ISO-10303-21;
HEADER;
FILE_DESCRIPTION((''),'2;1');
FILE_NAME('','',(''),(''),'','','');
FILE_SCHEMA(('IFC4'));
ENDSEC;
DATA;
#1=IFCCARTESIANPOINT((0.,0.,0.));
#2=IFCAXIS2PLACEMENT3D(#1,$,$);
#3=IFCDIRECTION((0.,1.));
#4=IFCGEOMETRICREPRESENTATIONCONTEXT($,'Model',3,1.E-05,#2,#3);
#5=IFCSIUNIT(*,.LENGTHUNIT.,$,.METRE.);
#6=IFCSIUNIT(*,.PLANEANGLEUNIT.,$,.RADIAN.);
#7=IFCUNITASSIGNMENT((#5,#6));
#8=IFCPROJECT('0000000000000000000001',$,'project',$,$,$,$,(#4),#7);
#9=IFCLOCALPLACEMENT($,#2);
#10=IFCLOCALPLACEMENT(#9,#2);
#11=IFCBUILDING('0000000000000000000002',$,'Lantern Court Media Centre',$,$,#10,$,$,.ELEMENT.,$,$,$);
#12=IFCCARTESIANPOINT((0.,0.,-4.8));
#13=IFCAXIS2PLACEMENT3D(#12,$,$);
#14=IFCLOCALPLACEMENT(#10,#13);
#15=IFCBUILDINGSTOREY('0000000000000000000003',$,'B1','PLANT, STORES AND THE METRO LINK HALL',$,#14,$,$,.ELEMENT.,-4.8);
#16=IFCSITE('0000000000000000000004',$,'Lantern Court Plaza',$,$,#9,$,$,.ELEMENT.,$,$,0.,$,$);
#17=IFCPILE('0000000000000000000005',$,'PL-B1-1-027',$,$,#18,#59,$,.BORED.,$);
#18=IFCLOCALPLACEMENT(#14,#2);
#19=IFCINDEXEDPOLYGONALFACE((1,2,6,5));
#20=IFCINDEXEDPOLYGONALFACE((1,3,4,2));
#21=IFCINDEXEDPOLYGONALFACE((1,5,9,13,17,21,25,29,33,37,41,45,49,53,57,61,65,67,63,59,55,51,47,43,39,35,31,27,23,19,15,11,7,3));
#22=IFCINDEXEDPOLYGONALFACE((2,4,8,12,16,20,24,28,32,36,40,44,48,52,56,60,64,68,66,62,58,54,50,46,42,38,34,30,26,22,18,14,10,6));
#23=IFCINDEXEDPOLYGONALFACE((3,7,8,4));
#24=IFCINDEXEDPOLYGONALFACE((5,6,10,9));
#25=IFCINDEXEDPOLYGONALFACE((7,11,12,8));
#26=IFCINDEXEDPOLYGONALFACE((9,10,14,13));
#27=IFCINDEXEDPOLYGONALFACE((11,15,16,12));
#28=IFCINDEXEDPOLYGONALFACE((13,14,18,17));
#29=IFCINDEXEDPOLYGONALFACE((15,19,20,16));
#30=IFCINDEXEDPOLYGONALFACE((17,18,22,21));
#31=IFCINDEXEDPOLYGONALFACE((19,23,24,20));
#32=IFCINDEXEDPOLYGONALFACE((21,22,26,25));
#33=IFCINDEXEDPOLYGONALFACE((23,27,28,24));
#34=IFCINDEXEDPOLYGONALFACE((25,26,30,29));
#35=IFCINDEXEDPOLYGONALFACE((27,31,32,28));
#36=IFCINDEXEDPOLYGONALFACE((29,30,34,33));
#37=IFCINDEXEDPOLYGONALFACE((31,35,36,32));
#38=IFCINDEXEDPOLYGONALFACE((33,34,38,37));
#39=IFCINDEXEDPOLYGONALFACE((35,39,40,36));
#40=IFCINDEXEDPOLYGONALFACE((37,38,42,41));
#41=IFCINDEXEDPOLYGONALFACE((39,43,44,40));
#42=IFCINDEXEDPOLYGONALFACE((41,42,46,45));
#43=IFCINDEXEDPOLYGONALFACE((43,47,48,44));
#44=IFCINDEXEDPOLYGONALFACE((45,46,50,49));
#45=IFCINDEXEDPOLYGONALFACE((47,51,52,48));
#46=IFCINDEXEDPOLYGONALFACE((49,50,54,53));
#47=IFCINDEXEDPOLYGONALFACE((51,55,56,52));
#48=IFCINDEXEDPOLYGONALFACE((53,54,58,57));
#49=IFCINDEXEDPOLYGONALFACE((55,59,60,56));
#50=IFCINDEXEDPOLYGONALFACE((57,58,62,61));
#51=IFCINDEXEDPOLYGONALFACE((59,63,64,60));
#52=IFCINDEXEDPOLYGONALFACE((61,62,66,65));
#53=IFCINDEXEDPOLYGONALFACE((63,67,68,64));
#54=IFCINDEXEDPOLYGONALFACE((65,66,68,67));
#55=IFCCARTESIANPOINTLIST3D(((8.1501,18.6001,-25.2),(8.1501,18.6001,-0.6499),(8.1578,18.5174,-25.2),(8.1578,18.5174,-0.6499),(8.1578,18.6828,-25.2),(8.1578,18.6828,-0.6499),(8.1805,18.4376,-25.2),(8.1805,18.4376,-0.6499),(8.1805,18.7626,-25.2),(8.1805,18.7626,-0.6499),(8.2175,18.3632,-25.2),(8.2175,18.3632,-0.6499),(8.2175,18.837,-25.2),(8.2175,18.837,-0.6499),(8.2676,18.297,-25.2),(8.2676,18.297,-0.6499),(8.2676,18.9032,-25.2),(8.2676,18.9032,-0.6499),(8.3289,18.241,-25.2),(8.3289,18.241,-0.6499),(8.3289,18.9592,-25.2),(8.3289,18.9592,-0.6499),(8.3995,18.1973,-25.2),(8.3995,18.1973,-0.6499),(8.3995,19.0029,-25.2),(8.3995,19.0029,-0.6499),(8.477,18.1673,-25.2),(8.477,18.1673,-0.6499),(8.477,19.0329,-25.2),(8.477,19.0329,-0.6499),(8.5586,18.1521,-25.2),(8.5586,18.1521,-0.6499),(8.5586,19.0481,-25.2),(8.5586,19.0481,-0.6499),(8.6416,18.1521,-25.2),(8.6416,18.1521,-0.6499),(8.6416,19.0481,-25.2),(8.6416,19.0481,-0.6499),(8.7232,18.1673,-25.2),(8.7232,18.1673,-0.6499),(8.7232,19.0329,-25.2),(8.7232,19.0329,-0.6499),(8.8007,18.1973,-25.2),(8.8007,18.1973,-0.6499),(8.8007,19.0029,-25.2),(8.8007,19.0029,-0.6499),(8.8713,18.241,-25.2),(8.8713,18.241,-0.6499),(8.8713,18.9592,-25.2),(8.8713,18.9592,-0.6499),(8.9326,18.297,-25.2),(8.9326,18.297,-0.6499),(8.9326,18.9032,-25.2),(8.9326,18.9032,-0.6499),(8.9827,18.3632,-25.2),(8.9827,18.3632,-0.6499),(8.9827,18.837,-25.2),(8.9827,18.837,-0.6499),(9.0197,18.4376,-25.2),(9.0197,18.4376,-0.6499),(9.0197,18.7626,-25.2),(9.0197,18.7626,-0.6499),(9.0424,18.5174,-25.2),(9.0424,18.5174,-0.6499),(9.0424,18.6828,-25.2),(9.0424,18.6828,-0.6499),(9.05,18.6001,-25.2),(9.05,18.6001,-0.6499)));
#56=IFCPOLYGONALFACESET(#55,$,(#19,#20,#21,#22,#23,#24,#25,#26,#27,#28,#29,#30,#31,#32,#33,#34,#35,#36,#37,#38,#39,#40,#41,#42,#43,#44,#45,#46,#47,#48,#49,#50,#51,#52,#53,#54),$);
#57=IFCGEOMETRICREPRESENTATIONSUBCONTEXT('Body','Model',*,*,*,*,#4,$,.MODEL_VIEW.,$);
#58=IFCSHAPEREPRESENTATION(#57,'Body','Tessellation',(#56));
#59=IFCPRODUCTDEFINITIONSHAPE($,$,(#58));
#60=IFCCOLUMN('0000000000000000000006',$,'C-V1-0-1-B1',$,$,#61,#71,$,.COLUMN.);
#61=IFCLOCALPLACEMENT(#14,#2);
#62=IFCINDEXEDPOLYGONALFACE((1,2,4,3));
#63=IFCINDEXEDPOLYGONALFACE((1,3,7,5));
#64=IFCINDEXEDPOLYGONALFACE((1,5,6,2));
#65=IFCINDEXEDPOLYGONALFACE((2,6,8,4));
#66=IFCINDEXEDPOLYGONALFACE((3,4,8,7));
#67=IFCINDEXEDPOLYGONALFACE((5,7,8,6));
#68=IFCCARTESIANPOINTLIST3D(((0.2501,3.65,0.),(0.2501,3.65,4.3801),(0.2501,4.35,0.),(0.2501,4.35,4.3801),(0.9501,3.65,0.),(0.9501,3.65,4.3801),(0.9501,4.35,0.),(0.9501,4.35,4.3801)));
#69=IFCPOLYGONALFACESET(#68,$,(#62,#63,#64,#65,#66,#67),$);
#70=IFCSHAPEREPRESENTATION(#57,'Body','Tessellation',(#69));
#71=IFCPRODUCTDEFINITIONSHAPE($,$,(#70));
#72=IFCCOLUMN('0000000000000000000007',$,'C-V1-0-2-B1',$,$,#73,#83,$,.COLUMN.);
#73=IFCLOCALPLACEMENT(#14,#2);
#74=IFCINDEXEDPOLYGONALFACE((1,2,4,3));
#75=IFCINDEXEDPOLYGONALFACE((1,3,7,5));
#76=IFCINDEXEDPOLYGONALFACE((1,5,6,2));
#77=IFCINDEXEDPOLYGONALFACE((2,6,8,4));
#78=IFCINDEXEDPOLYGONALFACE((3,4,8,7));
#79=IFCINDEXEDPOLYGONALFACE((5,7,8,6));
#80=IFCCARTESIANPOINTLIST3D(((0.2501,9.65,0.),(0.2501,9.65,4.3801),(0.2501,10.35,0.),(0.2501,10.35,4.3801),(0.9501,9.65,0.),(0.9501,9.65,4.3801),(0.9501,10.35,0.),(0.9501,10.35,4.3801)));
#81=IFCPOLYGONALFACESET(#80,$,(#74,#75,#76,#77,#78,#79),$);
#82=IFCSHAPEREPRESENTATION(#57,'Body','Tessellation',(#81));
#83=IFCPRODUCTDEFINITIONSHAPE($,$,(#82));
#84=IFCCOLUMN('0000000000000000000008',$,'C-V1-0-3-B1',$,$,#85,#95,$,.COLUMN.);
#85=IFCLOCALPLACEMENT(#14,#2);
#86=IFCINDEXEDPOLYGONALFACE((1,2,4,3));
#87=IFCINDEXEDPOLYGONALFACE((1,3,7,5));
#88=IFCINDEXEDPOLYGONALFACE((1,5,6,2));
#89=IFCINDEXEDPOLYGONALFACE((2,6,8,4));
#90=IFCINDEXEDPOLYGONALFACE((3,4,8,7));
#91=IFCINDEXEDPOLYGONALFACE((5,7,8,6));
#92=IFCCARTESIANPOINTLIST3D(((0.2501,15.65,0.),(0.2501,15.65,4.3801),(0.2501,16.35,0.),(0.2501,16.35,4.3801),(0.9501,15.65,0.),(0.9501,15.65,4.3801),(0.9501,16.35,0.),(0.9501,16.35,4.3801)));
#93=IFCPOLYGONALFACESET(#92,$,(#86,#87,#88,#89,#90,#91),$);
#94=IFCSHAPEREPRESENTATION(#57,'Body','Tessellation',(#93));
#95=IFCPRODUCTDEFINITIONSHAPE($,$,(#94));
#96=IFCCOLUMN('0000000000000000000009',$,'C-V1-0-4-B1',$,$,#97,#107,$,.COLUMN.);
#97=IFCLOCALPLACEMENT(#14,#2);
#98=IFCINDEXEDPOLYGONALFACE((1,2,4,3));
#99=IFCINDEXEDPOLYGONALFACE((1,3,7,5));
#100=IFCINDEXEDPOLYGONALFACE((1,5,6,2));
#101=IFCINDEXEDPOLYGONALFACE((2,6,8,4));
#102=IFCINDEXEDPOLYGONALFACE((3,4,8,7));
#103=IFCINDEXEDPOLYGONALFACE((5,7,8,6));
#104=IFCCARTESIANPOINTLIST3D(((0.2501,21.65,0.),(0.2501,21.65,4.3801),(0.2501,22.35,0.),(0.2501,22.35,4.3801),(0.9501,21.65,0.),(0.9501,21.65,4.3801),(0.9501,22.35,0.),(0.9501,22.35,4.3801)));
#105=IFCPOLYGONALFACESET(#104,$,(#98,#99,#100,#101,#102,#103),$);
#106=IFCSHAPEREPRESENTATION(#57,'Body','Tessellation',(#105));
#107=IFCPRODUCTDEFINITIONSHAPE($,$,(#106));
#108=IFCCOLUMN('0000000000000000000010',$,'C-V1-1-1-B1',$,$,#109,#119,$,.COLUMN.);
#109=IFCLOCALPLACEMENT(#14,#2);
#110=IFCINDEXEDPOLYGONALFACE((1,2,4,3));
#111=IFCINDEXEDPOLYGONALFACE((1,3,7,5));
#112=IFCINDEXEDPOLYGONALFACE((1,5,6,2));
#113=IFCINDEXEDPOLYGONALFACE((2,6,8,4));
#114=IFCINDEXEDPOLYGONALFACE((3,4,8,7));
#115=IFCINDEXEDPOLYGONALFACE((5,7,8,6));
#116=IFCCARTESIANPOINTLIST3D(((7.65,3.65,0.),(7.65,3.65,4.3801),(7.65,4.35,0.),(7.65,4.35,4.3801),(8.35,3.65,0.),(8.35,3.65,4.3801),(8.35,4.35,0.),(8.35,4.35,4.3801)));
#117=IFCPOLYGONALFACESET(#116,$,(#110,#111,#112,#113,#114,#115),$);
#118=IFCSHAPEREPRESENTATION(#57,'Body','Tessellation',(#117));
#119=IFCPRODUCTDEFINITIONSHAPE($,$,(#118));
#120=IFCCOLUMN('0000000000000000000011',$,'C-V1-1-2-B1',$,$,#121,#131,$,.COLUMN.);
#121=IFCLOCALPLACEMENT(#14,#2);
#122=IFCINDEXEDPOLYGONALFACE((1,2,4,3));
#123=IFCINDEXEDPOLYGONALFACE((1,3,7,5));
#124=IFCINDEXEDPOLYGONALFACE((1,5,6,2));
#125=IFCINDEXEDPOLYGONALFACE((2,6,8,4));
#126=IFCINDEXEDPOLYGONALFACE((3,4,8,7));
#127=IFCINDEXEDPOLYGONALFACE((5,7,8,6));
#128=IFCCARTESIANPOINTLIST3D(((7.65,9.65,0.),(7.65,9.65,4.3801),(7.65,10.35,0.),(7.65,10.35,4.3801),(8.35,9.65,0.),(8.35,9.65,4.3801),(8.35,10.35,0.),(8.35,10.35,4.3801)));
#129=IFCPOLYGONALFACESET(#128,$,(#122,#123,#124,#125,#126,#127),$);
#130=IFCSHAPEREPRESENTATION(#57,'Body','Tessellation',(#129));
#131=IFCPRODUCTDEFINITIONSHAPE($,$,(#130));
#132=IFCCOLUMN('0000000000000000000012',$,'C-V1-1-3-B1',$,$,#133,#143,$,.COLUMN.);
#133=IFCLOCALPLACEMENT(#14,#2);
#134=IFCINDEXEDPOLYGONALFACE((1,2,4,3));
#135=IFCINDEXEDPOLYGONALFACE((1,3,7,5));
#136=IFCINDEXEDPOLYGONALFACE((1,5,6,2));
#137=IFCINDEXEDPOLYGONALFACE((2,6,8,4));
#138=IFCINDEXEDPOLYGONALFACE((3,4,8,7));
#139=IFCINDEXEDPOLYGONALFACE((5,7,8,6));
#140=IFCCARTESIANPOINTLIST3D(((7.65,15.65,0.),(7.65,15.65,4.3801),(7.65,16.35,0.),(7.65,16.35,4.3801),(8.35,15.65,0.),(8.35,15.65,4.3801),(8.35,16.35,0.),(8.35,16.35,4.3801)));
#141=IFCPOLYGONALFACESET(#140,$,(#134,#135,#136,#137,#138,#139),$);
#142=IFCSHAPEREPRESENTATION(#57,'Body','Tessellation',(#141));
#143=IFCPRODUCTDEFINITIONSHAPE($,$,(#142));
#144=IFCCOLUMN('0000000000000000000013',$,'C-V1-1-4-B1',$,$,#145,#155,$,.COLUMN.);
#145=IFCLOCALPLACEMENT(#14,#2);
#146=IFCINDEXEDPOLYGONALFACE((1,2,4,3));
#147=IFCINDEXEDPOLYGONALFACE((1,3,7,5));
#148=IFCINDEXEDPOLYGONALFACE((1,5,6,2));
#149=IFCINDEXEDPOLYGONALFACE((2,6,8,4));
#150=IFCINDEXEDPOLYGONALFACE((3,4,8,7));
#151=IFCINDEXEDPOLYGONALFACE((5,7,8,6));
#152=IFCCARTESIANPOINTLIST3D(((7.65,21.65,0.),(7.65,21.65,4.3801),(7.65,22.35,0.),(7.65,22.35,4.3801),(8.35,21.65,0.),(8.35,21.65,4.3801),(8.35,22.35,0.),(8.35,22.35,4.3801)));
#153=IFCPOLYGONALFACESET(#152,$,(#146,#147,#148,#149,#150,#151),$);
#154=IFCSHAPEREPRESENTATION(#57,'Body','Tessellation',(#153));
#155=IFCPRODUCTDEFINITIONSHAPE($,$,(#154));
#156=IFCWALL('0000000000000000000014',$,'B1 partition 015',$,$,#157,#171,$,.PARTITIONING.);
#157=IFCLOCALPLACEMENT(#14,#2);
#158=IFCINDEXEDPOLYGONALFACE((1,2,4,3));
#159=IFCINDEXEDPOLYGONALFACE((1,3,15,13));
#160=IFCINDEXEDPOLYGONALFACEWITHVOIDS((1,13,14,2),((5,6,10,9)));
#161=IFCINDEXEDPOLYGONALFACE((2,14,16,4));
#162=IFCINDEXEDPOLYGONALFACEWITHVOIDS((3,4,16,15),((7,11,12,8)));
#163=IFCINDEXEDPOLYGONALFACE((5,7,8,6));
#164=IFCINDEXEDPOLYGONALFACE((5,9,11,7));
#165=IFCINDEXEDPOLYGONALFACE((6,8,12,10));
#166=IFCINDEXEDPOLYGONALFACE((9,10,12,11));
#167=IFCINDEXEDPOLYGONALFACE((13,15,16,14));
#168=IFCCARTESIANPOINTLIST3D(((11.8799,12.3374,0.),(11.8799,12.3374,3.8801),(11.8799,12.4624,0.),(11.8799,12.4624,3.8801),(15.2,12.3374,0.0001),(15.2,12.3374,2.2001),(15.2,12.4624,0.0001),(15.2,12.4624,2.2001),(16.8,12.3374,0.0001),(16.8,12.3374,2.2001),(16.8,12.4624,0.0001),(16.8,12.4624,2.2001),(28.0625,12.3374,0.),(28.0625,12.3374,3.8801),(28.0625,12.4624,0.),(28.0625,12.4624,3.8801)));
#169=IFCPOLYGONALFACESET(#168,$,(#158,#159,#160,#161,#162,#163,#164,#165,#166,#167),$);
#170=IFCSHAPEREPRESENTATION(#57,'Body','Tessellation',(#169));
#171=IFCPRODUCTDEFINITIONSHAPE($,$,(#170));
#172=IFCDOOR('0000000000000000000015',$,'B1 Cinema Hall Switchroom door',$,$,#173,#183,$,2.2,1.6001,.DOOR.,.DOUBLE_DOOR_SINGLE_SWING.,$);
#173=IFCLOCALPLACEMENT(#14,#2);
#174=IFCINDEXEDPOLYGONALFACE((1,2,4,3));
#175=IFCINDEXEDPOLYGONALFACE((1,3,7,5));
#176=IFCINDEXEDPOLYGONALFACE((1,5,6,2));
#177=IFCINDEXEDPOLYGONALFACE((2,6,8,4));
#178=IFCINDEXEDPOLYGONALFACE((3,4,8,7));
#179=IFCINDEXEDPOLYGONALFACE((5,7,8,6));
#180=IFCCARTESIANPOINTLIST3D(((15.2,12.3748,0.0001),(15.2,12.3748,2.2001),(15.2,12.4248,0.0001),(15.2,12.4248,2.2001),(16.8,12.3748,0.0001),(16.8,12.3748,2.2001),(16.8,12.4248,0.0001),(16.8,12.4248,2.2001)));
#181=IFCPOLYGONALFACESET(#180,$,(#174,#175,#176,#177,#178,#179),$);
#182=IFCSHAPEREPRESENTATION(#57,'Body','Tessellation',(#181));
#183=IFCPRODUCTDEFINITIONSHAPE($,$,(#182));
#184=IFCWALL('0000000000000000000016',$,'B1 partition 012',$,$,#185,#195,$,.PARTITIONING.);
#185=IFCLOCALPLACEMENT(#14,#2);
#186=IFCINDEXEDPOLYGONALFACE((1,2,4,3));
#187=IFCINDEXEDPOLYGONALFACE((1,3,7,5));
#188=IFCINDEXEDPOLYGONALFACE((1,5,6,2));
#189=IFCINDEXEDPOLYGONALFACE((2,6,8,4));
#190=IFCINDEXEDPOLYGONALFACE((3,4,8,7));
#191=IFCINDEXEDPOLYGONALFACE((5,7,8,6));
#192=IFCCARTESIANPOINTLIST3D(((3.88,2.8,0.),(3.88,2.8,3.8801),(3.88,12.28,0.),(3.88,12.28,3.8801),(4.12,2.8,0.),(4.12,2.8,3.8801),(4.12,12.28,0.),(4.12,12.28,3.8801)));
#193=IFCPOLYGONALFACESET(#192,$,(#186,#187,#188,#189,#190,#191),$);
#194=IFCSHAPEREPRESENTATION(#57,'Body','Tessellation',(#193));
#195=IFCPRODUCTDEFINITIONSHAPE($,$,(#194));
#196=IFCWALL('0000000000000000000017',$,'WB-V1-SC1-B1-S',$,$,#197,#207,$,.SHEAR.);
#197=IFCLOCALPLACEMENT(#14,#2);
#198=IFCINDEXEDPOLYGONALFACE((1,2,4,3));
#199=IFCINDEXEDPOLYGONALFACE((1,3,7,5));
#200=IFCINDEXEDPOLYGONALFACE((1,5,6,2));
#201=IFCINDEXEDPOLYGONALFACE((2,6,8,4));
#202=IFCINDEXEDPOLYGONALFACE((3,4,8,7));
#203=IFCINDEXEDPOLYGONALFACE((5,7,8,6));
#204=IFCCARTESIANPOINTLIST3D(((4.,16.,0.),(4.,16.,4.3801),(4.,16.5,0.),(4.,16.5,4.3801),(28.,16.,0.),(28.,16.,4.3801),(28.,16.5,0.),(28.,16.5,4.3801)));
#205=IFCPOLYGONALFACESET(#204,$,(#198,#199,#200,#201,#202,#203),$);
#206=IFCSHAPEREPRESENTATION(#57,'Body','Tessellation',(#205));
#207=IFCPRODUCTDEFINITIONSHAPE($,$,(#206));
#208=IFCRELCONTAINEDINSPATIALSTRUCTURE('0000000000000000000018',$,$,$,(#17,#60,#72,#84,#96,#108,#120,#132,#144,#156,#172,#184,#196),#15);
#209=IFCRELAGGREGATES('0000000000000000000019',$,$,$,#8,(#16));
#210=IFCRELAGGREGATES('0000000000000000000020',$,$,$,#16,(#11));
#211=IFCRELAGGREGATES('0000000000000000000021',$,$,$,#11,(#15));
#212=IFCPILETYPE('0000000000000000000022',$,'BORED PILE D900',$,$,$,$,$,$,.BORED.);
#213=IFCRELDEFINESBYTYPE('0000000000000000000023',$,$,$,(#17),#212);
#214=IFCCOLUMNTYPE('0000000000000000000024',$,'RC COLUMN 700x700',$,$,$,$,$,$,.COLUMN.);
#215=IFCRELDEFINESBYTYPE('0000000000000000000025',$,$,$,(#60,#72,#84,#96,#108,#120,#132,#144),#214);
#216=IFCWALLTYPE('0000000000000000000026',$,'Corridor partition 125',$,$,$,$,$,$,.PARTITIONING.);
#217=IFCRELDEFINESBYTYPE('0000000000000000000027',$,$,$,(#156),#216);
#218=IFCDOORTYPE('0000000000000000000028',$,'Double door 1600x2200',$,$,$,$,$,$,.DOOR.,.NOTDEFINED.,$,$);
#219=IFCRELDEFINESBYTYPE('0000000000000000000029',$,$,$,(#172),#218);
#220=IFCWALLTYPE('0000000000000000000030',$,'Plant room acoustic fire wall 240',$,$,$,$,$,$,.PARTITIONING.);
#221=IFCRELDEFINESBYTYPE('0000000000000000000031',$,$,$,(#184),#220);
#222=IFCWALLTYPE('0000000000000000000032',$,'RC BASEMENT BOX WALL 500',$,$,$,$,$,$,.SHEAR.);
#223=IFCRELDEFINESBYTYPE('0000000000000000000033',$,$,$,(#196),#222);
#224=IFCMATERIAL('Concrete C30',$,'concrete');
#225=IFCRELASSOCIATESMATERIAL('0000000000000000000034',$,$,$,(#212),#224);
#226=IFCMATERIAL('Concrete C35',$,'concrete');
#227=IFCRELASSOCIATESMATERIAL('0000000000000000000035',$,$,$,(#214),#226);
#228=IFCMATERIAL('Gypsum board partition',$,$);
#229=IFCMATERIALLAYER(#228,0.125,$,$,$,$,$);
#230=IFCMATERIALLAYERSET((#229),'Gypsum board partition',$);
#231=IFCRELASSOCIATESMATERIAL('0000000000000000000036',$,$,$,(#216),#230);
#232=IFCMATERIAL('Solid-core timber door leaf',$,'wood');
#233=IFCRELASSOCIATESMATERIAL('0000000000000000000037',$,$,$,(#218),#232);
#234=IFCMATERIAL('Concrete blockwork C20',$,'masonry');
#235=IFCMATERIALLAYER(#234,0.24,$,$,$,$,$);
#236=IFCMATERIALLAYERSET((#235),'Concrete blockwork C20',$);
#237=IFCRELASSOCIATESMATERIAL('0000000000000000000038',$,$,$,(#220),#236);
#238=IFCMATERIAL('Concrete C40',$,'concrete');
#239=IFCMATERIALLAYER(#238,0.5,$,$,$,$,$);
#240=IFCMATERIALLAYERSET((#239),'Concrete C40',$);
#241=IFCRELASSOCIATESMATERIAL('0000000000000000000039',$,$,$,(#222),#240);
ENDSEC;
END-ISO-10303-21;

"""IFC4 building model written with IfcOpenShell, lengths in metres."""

from ifc_helpers import new_model, si_unit, direction, frame, frame_2d, origin, origin_2d, place, context, subcontext, project, spatial, rectangle, circle, extrude, material, layer, layer_set, material_profile, profile_set, type_object, element, fill, save


model = new_model("IFC4")

# Units and contexts
model_context = context("Model", 3, precision=1e-05, world=origin(), true_north=direction((0.0, 1.0)))
body_context = subcontext(model_context, "Body", "Model", "MODEL_VIEW")
ifc_project = project(units=[si_unit("LENGTHUNIT", "METRE"), si_unit("PLANEANGLEUNIT", "RADIAN")], contexts=[model_context])

# Site, building, storey
site_placement = place(None, origin())
site = spatial("IfcSite", under=ifc_project, at=site_placement, Name="Lantern Court Plaza", CompositionType="ELEMENT", RefElevation=0.0)
building_placement = place(site_placement, origin())
building = spatial("IfcBuilding", under=site, at=building_placement, Name="Lantern Court Media Centre", CompositionType="ELEMENT")
storey_placement = place(building_placement, frame((0.0, 0.0, -4.8)))
storey = spatial("IfcBuildingStorey", under=building, at=storey_placement, Name="B1", Description="PLANT, STORES AND THE METRO LINK HALL", CompositionType="ELEMENT", Elevation=-4.8)

# Pile
ifc_material_1 = material(Name="Concrete C30", Category="concrete")
ifc_material_profile_1 = material_profile(ifc_material_1, circle(Radius=0.45, at=origin_2d()), Name="D900")
ifc_profile_set_1 = profile_set([ifc_material_profile_1], Name="Concrete C30")
pile_type = type_object("IfcPileType", Name="BORED PILE D900", PredefinedType="BORED", material=ifc_profile_set_1)
for number, where, z_axis, x_axis, name in (
    (1, (8.6001, 18.6001, -0.6499), (0.0, 0.0, -1.0), (1.0, 0.0, 0.0), "PL-B1-1-027"),
):
    element("IfcPile", number, at=place(storey_placement, frame(where, z_axis=z_axis, x_axis=x_axis)), inside=storey, type_object=pile_type, Name=name, PredefinedType="BORED", context=body_context, shape_type="SweptSolid", body=[
        extrude(circle(Radius=0.45, at=origin_2d()), origin(), (0.0, 0.0, 1.0), 24.55),
    ])

# Columns
ifc_material_2 = material(Name="Concrete C35", Category="concrete")
ifc_material_profile_2 = material_profile(ifc_material_2, rectangle(XDim=0.7, YDim=0.7, at=origin_2d()), Name="RC 700x700")
ifc_profile_set_2 = profile_set([ifc_material_profile_2], Name="Concrete C35")
column_type = type_object("IfcColumnType", Name="RC COLUMN 700x700", PredefinedType="COLUMN", material=ifc_profile_set_2)
for number, where, z_axis, x_axis, name in (
    (2, (0.6001, 4.0, 0.0), (0.0, 0.0, 1.0), (1.0, 0.0, 0.0), "C-V1-0-1-B1"),
    (3, (0.6001, 10.0, 0.0), (0.0, 0.0, 1.0), (1.0, 0.0, 0.0), "C-V1-0-2-B1"),
    (4, (0.6001, 16.0, 0.0), (0.0, 0.0, 1.0), (1.0, 0.0, 0.0), "C-V1-0-3-B1"),
    (5, (0.6001, 22.0, 0.0), (0.0, 0.0, 1.0), (1.0, 0.0, 0.0), "C-V1-0-4-B1"),
    (6, (8.0, 4.0, 0.0), (0.0, 0.0, 1.0), (1.0, 0.0, 0.0), "C-V1-1-1-B1"),
    (7, (8.0, 10.0, 0.0), (0.0, 0.0, 1.0), (1.0, 0.0, 0.0), "C-V1-1-2-B1"),
    (8, (8.0, 16.0, 0.0), (0.0, 0.0, 1.0), (1.0, 0.0, 0.0), "C-V1-1-3-B1"),
    (9, (8.0, 22.0, 0.0), (0.0, 0.0, 1.0), (1.0, 0.0, 0.0), "C-V1-1-4-B1"),
):
    element("IfcColumn", number, at=place(storey_placement, frame(where, z_axis=z_axis, x_axis=x_axis)), inside=storey, type_object=column_type, Name=name, PredefinedType="COLUMN", context=body_context, shape_type="SweptSolid", body=[
        extrude(rectangle(XDim=0.7, YDim=0.7, at=origin_2d()), origin(), (0.0, 0.0, 1.0), 4.3801),
    ])

# Wall, opening, door
ifc_material_3 = material(Name="Gypsum board partition")
ifc_layer_1 = layer(ifc_material_3, 0.125)
ifc_layer_set_1 = layer_set([ifc_layer_1], Name="Gypsum board partition")
wall_type_1 = type_object("IfcWallType", Name="Corridor partition 125", PredefinedType="PARTITIONING", material=ifc_layer_set_1)
wall_1_placement = place(storey_placement, frame((11.8799, 12.3999, 0.0), z_axis=(0.0, 0.0, 1.0), x_axis=(1.0, 0.0, 0.0)))
wall_1 = element("IfcWall", 10, at=wall_1_placement, inside=storey, type_object=wall_type_1, Name="B1 partition 015", PredefinedType="PARTITIONING", context=body_context, shape_type="SweptSolid", body=[
    extrude(rectangle(XDim=16.1826, YDim=0.125, at=frame_2d((8.0913, 0.0))), origin(), (0.0, 0.0, 1.0), 3.8801),
])
opening_1_placement = place(wall_1_placement, frame((3.3201, 0.0, 0.0)))
opening_1 = element("IfcOpeningElement", 11, at=opening_1_placement, cuts=wall_1, PredefinedType="OPENING", context=body_context, shape_type="SweptSolid", body=[
    extrude(rectangle(XDim=1.6001, YDim=2.2, at=frame_2d((0.8, 1.1001))), frame((0.0, 0.0725, 0.0), z_axis=(0.0, -1.0, 0.0), x_axis=(1.0, 0.0, 0.0)), (0.0, 0.0, 1.0), 0.145),
])
ifc_material_4 = material(Name="Solid-core timber door leaf", Category="wood")
door_type_1 = type_object("IfcDoorType", Name="Double door 1600x2200", OperationType="NOTDEFINED", PredefinedType="DOOR", material=ifc_material_4)
door_1_placement = place(opening_1_placement, origin())
door_1 = element("IfcDoor", 12, at=door_1_placement, inside=storey, type_object=door_type_1, Name="B1 Cinema Hall Switchroom door", OperationType="DOUBLE_DOOR_SINGLE_SWING", OverallHeight=2.2, OverallWidth=1.6001, PredefinedType="DOOR", context=body_context, shape_type="SweptSolid", body=[
    extrude(rectangle(XDim=1.6001, YDim=2.2, at=frame_2d((0.8, 1.1001))), frame((0.0, 0.0249, 0.0), z_axis=(0.0, -1.0, 0.0), x_axis=(1.0, 0.0, 0.0)), (0.0, 0.0, 1.0), 0.05),
])
fill(opening_1, door_1)

# Wall
ifc_material_5 = material(Name="Concrete blockwork C20", Category="masonry")
ifc_layer_2 = layer(ifc_material_5, 0.24)
ifc_layer_set_2 = layer_set([ifc_layer_2], Name="Concrete blockwork C20")
wall_type_2 = type_object("IfcWallType", Name="Plant room acoustic fire wall 240", PredefinedType="PARTITIONING", material=ifc_layer_set_2)
wall_2_placement = place(storey_placement, frame((4.0, 2.8, 0.0), z_axis=(0.0, 0.0, 1.0), x_axis=(0.0, 1.0, 0.0)))
element("IfcWall", 13, at=wall_2_placement, inside=storey, type_object=wall_type_2, Name="B1 partition 012", PredefinedType="PARTITIONING", context=body_context, shape_type="SweptSolid", body=[
    extrude(rectangle(XDim=9.48, YDim=0.24, at=frame_2d((4.74, 0.0))), origin(), (0.0, 0.0, 1.0), 3.8801),
])

# Wall
ifc_material_6 = material(Name="Concrete C40", Category="concrete")
ifc_layer_3 = layer(ifc_material_6, 0.5)
ifc_layer_set_3 = layer_set([ifc_layer_3], Name="Concrete C40")
wall_type_3 = type_object("IfcWallType", Name="RC BASEMENT BOX WALL 500", PredefinedType="SHEAR", material=ifc_layer_set_3)
wall_3_placement = place(storey_placement, frame((4.0, 16.25, 0.0), z_axis=(0.0, 0.0, 1.0), x_axis=(1.0, 0.0, 0.0)))
element("IfcWall", 14, at=wall_3_placement, inside=storey, type_object=wall_type_3, Name="WB-V1-SC1-B1-S", PredefinedType="SHEAR", context=body_context, shape_type="SweptSolid", body=[
    extrude(rectangle(XDim=24.0, YDim=0.5, at=frame_2d((12.0, 0.0))), origin(), (0.0, 0.0, 1.0), 4.3801),
])

save(model, "model.ifc")
